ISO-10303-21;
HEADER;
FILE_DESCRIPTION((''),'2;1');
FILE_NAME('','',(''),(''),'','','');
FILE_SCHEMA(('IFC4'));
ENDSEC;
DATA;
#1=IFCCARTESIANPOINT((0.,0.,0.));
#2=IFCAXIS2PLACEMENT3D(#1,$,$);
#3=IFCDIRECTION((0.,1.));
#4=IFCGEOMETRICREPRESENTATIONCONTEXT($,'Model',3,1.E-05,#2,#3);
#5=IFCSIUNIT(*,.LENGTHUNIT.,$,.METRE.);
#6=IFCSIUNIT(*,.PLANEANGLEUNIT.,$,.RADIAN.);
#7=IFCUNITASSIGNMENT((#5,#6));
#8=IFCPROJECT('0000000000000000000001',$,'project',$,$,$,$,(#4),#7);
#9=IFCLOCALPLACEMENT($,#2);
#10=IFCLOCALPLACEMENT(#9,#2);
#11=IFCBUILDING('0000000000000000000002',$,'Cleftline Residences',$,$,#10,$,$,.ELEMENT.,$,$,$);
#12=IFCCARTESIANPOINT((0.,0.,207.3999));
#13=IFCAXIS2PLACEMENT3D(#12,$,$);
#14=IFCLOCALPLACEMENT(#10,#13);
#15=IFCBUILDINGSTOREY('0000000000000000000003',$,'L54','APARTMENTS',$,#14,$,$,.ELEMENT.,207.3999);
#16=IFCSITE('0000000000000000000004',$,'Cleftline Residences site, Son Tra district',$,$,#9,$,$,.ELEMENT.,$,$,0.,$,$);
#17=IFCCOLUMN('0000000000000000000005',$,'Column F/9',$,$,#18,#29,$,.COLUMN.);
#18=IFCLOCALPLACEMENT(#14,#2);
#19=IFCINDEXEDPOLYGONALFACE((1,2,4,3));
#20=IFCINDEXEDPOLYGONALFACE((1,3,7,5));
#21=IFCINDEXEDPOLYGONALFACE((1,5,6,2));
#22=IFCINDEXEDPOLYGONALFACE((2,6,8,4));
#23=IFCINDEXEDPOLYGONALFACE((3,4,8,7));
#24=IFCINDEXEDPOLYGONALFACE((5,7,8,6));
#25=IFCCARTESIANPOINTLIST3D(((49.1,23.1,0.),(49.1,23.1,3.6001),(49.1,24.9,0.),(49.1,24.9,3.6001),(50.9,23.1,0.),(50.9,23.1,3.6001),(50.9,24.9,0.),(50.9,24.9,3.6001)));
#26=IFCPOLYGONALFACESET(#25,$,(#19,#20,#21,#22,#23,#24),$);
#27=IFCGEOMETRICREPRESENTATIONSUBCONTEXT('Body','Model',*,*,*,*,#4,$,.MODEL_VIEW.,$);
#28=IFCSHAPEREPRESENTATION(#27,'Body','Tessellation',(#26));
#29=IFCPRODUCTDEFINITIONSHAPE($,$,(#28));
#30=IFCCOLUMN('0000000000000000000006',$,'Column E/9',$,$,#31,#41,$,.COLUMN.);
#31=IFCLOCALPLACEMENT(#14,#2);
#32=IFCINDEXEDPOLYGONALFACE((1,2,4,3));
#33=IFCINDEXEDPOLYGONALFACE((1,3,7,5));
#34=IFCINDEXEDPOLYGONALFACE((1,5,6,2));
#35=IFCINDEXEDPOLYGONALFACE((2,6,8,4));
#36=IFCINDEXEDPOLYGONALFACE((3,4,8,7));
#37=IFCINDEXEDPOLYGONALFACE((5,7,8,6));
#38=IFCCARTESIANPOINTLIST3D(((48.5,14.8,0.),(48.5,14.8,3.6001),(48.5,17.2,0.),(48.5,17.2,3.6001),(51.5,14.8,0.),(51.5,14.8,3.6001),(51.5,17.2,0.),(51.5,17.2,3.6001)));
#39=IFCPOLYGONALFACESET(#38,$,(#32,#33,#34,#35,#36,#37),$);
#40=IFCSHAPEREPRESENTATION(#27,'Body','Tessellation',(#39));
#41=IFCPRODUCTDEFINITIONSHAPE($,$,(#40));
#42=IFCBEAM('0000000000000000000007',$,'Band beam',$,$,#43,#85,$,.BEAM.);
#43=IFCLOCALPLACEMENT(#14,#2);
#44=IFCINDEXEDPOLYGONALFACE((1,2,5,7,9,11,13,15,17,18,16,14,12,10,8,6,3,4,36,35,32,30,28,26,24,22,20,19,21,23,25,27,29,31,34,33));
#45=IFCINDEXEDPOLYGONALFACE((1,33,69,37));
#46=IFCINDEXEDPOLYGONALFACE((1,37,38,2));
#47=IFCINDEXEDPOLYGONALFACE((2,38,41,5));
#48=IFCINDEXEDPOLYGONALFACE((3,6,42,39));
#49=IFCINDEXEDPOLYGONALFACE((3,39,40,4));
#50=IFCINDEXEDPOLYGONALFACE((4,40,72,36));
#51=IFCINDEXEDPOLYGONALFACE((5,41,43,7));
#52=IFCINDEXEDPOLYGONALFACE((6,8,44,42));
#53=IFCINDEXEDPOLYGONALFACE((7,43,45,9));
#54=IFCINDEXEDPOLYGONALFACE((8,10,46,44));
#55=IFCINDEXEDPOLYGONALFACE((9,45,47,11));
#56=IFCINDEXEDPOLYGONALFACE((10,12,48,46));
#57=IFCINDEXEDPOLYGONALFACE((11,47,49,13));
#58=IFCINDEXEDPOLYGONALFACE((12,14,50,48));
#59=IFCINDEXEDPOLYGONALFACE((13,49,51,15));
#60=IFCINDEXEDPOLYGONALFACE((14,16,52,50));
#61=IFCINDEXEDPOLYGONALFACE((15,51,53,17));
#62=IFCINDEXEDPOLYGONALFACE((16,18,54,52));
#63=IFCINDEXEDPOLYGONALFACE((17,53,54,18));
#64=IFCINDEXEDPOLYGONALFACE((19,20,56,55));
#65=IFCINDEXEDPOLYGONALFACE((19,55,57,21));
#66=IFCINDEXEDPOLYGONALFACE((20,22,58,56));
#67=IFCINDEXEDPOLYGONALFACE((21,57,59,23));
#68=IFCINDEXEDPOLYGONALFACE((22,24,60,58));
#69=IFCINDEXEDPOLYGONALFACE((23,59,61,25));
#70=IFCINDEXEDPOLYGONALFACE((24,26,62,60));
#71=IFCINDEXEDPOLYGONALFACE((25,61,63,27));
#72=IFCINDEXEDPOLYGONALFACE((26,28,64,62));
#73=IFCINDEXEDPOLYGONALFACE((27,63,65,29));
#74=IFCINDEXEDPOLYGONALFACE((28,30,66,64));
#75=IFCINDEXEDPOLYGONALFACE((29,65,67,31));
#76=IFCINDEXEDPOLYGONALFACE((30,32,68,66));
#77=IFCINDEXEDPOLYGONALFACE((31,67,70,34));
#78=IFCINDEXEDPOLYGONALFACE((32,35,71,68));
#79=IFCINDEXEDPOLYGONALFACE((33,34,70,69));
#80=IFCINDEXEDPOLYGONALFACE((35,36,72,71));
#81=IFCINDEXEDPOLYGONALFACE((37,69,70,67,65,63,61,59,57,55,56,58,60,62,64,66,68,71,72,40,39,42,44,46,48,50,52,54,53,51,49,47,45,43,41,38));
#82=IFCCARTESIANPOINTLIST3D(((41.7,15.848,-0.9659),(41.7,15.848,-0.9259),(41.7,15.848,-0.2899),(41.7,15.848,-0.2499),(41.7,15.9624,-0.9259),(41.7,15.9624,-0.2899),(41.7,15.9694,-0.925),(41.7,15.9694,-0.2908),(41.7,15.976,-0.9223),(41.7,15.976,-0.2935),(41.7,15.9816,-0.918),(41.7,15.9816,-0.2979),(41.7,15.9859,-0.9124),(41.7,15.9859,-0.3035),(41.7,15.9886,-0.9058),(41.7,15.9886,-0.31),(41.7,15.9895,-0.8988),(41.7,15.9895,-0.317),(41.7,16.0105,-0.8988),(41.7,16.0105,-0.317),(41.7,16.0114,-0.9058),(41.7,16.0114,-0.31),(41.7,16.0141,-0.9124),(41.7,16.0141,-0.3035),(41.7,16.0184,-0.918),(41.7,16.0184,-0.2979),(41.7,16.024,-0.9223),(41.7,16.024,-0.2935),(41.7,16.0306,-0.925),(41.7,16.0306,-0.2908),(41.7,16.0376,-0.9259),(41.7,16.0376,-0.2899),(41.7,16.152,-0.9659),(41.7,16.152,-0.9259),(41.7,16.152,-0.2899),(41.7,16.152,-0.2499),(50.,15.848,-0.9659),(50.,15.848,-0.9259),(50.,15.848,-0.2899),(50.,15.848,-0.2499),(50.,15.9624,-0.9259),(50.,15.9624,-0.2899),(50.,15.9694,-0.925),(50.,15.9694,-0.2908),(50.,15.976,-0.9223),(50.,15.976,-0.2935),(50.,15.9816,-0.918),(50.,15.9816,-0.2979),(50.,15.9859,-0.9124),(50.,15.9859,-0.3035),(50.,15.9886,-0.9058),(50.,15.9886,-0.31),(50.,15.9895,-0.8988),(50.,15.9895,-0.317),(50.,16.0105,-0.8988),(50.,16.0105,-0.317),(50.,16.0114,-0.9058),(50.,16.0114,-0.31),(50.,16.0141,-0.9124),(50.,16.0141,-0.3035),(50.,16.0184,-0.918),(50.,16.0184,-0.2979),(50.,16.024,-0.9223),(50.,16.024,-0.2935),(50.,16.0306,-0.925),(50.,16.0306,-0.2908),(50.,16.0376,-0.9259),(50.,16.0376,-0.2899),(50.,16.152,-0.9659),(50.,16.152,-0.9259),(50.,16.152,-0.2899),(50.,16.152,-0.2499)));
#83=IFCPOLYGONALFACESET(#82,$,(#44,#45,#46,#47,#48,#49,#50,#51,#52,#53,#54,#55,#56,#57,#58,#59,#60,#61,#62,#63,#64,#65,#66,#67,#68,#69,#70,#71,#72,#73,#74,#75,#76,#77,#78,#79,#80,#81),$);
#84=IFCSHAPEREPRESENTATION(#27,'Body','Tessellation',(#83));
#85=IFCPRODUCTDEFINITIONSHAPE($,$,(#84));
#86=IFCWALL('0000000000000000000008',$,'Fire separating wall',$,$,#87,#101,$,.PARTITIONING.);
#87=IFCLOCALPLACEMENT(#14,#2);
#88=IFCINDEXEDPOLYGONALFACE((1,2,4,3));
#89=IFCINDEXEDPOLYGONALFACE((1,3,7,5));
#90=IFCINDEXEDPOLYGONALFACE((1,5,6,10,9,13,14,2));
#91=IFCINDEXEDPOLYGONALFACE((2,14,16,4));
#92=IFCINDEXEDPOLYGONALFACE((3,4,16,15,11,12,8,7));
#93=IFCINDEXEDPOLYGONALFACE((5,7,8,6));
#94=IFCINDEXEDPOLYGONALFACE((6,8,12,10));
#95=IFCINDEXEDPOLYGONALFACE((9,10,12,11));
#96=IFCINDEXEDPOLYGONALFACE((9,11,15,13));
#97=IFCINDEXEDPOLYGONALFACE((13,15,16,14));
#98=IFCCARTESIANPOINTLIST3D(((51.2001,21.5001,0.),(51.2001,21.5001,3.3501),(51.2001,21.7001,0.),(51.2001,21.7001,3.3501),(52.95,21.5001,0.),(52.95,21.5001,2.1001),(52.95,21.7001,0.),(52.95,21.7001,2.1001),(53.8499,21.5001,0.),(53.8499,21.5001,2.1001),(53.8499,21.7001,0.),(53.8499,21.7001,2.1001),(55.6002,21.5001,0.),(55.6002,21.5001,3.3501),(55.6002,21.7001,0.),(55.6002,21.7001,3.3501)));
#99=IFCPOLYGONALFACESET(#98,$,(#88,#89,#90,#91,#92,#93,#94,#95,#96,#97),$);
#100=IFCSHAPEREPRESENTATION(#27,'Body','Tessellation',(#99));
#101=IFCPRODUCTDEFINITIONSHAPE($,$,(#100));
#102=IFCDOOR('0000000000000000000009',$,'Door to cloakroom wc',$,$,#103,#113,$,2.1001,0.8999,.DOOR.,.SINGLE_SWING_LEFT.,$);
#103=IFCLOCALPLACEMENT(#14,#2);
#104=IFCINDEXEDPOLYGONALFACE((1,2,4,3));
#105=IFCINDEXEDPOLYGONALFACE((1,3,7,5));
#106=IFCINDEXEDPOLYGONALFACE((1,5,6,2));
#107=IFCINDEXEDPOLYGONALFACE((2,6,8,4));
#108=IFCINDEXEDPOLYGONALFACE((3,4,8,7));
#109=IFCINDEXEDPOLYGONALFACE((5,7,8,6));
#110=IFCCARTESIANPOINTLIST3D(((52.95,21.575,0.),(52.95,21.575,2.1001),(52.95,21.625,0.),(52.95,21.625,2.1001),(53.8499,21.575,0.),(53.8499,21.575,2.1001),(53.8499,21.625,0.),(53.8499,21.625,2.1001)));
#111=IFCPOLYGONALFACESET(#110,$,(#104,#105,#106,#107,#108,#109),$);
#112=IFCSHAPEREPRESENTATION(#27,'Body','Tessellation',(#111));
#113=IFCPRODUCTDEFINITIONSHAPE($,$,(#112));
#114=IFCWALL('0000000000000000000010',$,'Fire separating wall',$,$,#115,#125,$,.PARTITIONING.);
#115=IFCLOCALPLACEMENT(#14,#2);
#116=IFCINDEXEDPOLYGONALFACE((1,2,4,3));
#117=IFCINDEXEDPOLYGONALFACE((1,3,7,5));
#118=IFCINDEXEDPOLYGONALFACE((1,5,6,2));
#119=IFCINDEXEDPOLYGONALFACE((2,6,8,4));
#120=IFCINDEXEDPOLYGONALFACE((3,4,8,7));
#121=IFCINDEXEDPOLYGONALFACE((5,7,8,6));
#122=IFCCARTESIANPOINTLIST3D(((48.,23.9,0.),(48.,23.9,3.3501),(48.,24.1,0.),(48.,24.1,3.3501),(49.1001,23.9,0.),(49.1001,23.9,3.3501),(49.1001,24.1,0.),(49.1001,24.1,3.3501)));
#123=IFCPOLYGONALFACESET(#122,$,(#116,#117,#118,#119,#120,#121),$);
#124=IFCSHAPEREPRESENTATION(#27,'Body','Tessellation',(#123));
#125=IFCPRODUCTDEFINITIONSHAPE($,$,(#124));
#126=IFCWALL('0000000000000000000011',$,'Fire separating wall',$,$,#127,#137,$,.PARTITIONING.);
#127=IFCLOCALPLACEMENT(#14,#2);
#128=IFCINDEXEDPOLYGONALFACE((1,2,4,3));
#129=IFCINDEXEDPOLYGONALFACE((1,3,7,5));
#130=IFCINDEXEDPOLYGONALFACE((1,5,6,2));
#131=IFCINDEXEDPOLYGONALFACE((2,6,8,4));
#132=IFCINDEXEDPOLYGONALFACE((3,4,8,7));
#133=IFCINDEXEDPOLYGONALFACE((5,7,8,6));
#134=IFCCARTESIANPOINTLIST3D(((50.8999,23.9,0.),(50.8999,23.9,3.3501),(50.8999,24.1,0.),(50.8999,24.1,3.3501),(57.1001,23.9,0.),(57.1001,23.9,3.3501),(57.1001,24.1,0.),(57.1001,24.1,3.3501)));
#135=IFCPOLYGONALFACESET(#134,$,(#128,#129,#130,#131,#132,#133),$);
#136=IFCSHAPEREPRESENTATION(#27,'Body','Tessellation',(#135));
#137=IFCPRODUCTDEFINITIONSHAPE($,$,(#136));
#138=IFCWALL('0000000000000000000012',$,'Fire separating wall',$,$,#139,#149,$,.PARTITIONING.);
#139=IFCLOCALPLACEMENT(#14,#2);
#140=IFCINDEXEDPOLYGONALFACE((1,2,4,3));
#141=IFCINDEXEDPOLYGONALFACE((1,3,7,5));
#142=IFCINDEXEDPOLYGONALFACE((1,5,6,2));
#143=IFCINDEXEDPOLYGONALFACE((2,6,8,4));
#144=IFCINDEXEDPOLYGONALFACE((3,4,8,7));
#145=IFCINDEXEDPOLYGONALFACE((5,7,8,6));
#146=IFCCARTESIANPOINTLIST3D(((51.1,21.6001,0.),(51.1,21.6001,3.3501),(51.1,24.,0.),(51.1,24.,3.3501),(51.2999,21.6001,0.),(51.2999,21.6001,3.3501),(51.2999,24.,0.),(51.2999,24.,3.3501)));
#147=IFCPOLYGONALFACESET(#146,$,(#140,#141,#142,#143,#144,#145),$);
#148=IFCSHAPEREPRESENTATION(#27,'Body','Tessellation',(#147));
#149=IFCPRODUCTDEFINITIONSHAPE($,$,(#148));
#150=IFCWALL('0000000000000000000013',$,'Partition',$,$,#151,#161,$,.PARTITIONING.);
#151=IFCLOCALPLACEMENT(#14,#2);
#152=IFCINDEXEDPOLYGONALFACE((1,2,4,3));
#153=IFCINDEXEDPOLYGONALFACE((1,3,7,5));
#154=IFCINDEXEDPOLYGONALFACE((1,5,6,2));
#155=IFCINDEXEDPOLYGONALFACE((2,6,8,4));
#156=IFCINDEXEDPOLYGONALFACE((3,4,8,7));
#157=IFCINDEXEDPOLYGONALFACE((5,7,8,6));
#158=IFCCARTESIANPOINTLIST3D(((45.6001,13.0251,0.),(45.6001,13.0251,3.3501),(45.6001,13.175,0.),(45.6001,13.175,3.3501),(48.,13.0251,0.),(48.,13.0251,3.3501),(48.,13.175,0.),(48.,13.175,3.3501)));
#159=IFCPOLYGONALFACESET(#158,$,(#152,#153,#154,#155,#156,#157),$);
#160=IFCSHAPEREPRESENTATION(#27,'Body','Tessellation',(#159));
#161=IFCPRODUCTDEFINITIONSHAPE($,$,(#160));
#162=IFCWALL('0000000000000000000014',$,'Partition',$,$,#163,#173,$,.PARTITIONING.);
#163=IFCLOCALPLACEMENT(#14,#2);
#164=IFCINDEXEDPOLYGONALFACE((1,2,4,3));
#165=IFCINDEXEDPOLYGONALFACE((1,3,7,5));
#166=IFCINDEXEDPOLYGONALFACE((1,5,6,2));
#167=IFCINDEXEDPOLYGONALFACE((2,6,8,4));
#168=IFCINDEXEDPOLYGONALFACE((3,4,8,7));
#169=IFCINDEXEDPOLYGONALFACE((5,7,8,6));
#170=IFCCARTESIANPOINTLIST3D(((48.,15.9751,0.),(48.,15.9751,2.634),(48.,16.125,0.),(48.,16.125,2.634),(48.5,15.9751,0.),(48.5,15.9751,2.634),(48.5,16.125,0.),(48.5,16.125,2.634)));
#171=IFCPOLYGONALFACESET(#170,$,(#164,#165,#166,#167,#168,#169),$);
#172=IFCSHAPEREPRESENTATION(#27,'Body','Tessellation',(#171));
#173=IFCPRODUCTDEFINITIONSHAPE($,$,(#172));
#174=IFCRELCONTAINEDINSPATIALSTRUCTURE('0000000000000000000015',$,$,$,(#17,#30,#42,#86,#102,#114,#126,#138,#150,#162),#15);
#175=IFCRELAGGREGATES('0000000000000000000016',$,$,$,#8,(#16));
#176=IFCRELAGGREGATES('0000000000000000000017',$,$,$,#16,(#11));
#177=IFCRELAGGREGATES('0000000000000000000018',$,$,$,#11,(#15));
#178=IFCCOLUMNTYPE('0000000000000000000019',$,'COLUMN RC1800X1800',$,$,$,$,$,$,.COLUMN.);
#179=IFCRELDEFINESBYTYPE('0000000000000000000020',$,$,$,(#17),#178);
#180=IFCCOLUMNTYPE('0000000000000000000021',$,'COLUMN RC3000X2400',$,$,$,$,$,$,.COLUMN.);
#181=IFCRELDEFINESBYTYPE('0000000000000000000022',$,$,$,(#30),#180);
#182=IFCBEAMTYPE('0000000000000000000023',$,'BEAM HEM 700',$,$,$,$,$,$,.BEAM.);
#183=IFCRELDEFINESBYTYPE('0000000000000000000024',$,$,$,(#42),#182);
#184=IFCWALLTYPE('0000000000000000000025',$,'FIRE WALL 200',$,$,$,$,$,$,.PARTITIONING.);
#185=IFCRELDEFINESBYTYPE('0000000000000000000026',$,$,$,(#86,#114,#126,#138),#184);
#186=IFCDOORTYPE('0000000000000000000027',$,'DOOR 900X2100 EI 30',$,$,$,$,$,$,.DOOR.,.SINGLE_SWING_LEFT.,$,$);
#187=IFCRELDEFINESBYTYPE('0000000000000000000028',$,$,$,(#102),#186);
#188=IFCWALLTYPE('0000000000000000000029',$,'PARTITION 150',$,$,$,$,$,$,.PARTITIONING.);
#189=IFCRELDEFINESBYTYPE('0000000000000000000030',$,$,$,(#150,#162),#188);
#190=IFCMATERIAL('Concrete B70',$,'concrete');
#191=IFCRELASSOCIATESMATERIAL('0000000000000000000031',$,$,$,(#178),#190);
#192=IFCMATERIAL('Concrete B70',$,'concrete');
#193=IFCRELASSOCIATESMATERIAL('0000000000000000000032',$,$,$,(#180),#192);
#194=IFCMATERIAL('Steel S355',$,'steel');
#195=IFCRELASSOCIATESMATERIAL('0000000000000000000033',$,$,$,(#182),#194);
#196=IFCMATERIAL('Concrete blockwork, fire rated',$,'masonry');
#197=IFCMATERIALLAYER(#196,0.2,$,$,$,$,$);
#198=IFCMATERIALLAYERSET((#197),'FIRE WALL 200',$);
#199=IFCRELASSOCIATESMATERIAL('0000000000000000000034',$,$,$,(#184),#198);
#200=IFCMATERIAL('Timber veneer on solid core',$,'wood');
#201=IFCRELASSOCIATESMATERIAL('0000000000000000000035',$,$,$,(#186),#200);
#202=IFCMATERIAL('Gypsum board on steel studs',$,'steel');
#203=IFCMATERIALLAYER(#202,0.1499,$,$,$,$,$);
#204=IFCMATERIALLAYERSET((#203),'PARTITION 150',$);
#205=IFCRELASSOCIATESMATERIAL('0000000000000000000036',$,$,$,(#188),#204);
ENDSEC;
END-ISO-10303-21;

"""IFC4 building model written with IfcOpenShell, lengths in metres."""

from ifc_helpers import new_model, si_unit, direction, frame, frame_2d, origin, origin_2d, place, context, subcontext, project, spatial, rectangle, i_section, extrude, material, layer, layer_set, material_profile, profile_set, type_object, element, fill, save


model = new_model("IFC4")

# Units and contexts
model_context = context("Model", 3, precision=1e-05, world=origin(), true_north=direction((0.0, 1.0)))
body_context = subcontext(model_context, "Body", "Model", "MODEL_VIEW")
ifc_project = project(units=[si_unit("LENGTHUNIT", "METRE"), si_unit("PLANEANGLEUNIT", "RADIAN")], contexts=[model_context])

# Site, building, storey
site_placement = place(None, origin())
site = spatial("IfcSite", under=ifc_project, at=site_placement, Name="Cleftline Residences site, Son Tra district", CompositionType="ELEMENT", RefElevation=0.0)
building_placement = place(site_placement, origin())
building = spatial("IfcBuilding", under=site, at=building_placement, Name="Cleftline Residences", CompositionType="ELEMENT")
storey_placement = place(building_placement, frame((0.0, 0.0, 207.3999)))
storey = spatial("IfcBuildingStorey", under=building, at=storey_placement, Name="L54", Description="APARTMENTS", CompositionType="ELEMENT", Elevation=207.3999)

# Columns
ifc_material_1 = material(Name="Concrete B70", Category="concrete")
ifc_material_profile_1 = material_profile(ifc_material_1, rectangle(XDim=1.8, YDim=1.8, at=origin_2d()))
ifc_profile_set_1 = profile_set([ifc_material_profile_1], Name="Concrete B70")
column_type_1 = type_object("IfcColumnType", Name="COLUMN RC1800X1800", PredefinedType="COLUMN", material=ifc_profile_set_1)
column_1_placement = place(storey_placement, frame((50.0, 24.0, 0.0), z_axis=(0.0, 0.0, 1.0), x_axis=(1.0, 0.0, 0.0)))
element("IfcColumn", 1, at=column_1_placement, inside=storey, type_object=column_type_1, Name="Column F/9", PredefinedType="COLUMN", context=body_context, shape_type="SweptSolid", body=[
    extrude(rectangle(XDim=1.8, YDim=1.8, at=origin_2d()), origin(), (0.0, 0.0, 1.0), 3.6001),
])
ifc_material_2 = material(Name="Concrete B70", Category="concrete")
ifc_material_profile_2 = material_profile(ifc_material_2, rectangle(XDim=3.0, YDim=2.3999, at=origin_2d()))
ifc_profile_set_2 = profile_set([ifc_material_profile_2], Name="Concrete B70")
column_type_2 = type_object("IfcColumnType", Name="COLUMN RC3000X2400", PredefinedType="COLUMN", material=ifc_profile_set_2)
column_2_placement = place(storey_placement, frame((50.0, 16.0, 0.0), z_axis=(0.0, 0.0, 1.0), x_axis=(1.0, 0.0, 0.0)))
element("IfcColumn", 2, at=column_2_placement, inside=storey, type_object=column_type_2, Name="Column E/9", PredefinedType="COLUMN", context=body_context, shape_type="SweptSolid", body=[
    extrude(rectangle(XDim=3.0, YDim=2.3999, at=origin_2d()), origin(), (0.0, 0.0, 1.0), 3.6001),
])

# Beam
ifc_material_3 = material(Name="Steel S355", Category="steel")
ifc_material_profile_3 = material_profile(ifc_material_3, i_section(OverallWidth=0.304, OverallDepth=0.7161, WebThickness=0.021, FlangeThickness=0.04, FilletRadius=0.0271, at=origin_2d()))
ifc_profile_set_3 = profile_set([ifc_material_profile_3], Name="Steel S355")
beam_type = type_object("IfcBeamType", Name="BEAM HEM 700", PredefinedType="BEAM", material=ifc_profile_set_3)
beam_placement = place(storey_placement, frame((50.0, 16.0, -0.6079), z_axis=(-1.0, 0.0, 0.0), x_axis=(0.0, -1.0, 0.0)))
element("IfcBeam", 3, at=beam_placement, inside=storey, type_object=beam_type, Name="Band beam", PredefinedType="BEAM", context=body_context, shape_type="SweptSolid", body=[
    extrude(i_section(OverallWidth=0.304, OverallDepth=0.7161, WebThickness=0.021, FlangeThickness=0.04, FilletRadius=0.0271, at=origin_2d()), origin(), (0.0, 0.0, 1.0), 8.3),
])

# Wall, opening, door
ifc_material_4 = material(Name="Concrete blockwork, fire rated", Category="masonry")
ifc_layer_1 = layer(ifc_material_4, 0.2)
ifc_layer_set_1 = layer_set([ifc_layer_1], Name="FIRE WALL 200")
wall_type_1 = type_object("IfcWallType", Name="FIRE WALL 200", PredefinedType="PARTITIONING", material=ifc_layer_set_1)
wall_1_placement = place(storey_placement, frame((51.2, 21.6001, 0.0), z_axis=(0.0, 0.0, 1.0), x_axis=(1.0, 0.0, 0.0)))
wall_1 = element("IfcWall", 4, at=wall_1_placement, inside=storey, type_object=wall_type_1, Name="Fire separating wall", PredefinedType="PARTITIONING", context=body_context, shape_type="SweptSolid", body=[
    extrude(rectangle(XDim=4.4001, YDim=0.2, at=frame_2d((2.2002, 0.0))), origin(), (0.0, 0.0, 1.0), 3.3501),
])
opening_1_placement = place(wall_1_placement, frame((1.75, 0.0, 0.0)))
opening_1 = element("IfcOpeningElement", 5, at=opening_1_placement, cuts=wall_1, PredefinedType="OPENING", context=body_context, shape_type="SweptSolid", body=[
    extrude(rectangle(XDim=0.8999, YDim=2.1001, at=frame_2d((0.45, 1.05))), frame((0.0, 0.1099, 0.0), z_axis=(0.0, -1.0, 0.0), x_axis=(1.0, 0.0, 0.0)), (0.0, 0.0, 1.0), 0.22),
])
ifc_material_5 = material(Name="Timber veneer on solid core", Category="wood")
door_type_1 = type_object("IfcDoorType", Name="DOOR 900X2100 EI 30", OperationType="SINGLE_SWING_LEFT", PredefinedType="DOOR", material=ifc_material_5)
door_1_placement = place(opening_1_placement, origin())
door_1 = element("IfcDoor", 6, at=door_1_placement, inside=storey, type_object=door_type_1, Name="Door to cloakroom wc", OperationType="SINGLE_SWING_LEFT", OverallHeight=2.1001, OverallWidth=0.8999, PredefinedType="DOOR", context=body_context, shape_type="SweptSolid", body=[
    extrude(rectangle(XDim=0.8999, YDim=2.1001, at=frame_2d((0.45, 1.05))), frame((0.0, 0.0249, 0.0), z_axis=(0.0, -1.0, 0.0), x_axis=(1.0, 0.0, 0.0)), (0.0, 0.0, 1.0), 0.05),
])
fill(opening_1, door_1)

# Walls
wall_2_placement = place(storey_placement, frame((48.0, 24.0, 0.0), z_axis=(0.0, 0.0, 1.0), x_axis=(1.0, 0.0, 0.0)))
element("IfcWall", 7, at=wall_2_placement, inside=storey, type_object=wall_type_1, Name="Fire separating wall", PredefinedType="PARTITIONING", context=body_context, shape_type="SweptSolid", body=[
    extrude(rectangle(XDim=1.1001, YDim=0.2, at=frame_2d((0.55, 0.0))), origin(), (0.0, 0.0, 1.0), 3.3501),
])
wall_3_placement = place(storey_placement, frame((50.8999, 24.0, 0.0), z_axis=(0.0, 0.0, 1.0), x_axis=(1.0, 0.0, 0.0)))
element("IfcWall", 8, at=wall_3_placement, inside=storey, type_object=wall_type_1, Name="Fire separating wall", PredefinedType="PARTITIONING", context=body_context, shape_type="SweptSolid", body=[
    extrude(rectangle(XDim=6.2002, YDim=0.2, at=frame_2d((3.1001, 0.0))), origin(), (0.0, 0.0, 1.0), 3.3501),
])

# Walls
wall_4_placement = place(storey_placement, frame((51.2, 21.6001, 0.0), z_axis=(0.0, 0.0, 1.0), x_axis=(0.0, 1.0, 0.0)))
element("IfcWall", 9, at=wall_4_placement, inside=storey, type_object=wall_type_1, Name="Fire separating wall", PredefinedType="PARTITIONING", context=body_context, shape_type="SweptSolid", body=[
    extrude(rectangle(XDim=2.3999, YDim=0.2, at=frame_2d((1.2, 0.0))), origin(), (0.0, 0.0, 1.0), 3.3501),
])
ifc_material_6 = material(Name="Gypsum board on steel studs", Category="steel")
ifc_layer_2 = layer(ifc_material_6, 0.1499)
ifc_layer_set_2 = layer_set([ifc_layer_2], Name="PARTITION 150")
wall_type_2 = type_object("IfcWallType", Name="PARTITION 150", PredefinedType="PARTITIONING", material=ifc_layer_set_2)
wall_5_placement = place(storey_placement, frame((45.6001, 13.1001, 0.0), z_axis=(0.0, 0.0, 1.0), x_axis=(1.0, 0.0, 0.0)))
element("IfcWall", 10, at=wall_5_placement, inside=storey, type_object=wall_type_2, Name="Partition", PredefinedType="PARTITIONING", context=body_context, shape_type="SweptSolid", body=[
    extrude(rectangle(XDim=2.3999, YDim=0.1499, at=frame_2d((1.2, 0.0))), origin(), (0.0, 0.0, 1.0), 3.3501),
])
wall_6_placement = place(storey_placement, frame((48.0, 16.05, 0.0), z_axis=(0.0, 0.0, 1.0), x_axis=(1.0, 0.0, 0.0)))
element("IfcWall", 11, at=wall_6_placement, inside=storey, type_object=wall_type_2, Name="Partition", PredefinedType="PARTITIONING", context=body_context, shape_type="SweptSolid", body=[
    extrude(rectangle(XDim=0.5, YDim=0.1499, at=frame_2d((0.25, 0.0))), origin(), (0.0, 0.0, 1.0), 2.634),
])

save(model, "model.ifc")
